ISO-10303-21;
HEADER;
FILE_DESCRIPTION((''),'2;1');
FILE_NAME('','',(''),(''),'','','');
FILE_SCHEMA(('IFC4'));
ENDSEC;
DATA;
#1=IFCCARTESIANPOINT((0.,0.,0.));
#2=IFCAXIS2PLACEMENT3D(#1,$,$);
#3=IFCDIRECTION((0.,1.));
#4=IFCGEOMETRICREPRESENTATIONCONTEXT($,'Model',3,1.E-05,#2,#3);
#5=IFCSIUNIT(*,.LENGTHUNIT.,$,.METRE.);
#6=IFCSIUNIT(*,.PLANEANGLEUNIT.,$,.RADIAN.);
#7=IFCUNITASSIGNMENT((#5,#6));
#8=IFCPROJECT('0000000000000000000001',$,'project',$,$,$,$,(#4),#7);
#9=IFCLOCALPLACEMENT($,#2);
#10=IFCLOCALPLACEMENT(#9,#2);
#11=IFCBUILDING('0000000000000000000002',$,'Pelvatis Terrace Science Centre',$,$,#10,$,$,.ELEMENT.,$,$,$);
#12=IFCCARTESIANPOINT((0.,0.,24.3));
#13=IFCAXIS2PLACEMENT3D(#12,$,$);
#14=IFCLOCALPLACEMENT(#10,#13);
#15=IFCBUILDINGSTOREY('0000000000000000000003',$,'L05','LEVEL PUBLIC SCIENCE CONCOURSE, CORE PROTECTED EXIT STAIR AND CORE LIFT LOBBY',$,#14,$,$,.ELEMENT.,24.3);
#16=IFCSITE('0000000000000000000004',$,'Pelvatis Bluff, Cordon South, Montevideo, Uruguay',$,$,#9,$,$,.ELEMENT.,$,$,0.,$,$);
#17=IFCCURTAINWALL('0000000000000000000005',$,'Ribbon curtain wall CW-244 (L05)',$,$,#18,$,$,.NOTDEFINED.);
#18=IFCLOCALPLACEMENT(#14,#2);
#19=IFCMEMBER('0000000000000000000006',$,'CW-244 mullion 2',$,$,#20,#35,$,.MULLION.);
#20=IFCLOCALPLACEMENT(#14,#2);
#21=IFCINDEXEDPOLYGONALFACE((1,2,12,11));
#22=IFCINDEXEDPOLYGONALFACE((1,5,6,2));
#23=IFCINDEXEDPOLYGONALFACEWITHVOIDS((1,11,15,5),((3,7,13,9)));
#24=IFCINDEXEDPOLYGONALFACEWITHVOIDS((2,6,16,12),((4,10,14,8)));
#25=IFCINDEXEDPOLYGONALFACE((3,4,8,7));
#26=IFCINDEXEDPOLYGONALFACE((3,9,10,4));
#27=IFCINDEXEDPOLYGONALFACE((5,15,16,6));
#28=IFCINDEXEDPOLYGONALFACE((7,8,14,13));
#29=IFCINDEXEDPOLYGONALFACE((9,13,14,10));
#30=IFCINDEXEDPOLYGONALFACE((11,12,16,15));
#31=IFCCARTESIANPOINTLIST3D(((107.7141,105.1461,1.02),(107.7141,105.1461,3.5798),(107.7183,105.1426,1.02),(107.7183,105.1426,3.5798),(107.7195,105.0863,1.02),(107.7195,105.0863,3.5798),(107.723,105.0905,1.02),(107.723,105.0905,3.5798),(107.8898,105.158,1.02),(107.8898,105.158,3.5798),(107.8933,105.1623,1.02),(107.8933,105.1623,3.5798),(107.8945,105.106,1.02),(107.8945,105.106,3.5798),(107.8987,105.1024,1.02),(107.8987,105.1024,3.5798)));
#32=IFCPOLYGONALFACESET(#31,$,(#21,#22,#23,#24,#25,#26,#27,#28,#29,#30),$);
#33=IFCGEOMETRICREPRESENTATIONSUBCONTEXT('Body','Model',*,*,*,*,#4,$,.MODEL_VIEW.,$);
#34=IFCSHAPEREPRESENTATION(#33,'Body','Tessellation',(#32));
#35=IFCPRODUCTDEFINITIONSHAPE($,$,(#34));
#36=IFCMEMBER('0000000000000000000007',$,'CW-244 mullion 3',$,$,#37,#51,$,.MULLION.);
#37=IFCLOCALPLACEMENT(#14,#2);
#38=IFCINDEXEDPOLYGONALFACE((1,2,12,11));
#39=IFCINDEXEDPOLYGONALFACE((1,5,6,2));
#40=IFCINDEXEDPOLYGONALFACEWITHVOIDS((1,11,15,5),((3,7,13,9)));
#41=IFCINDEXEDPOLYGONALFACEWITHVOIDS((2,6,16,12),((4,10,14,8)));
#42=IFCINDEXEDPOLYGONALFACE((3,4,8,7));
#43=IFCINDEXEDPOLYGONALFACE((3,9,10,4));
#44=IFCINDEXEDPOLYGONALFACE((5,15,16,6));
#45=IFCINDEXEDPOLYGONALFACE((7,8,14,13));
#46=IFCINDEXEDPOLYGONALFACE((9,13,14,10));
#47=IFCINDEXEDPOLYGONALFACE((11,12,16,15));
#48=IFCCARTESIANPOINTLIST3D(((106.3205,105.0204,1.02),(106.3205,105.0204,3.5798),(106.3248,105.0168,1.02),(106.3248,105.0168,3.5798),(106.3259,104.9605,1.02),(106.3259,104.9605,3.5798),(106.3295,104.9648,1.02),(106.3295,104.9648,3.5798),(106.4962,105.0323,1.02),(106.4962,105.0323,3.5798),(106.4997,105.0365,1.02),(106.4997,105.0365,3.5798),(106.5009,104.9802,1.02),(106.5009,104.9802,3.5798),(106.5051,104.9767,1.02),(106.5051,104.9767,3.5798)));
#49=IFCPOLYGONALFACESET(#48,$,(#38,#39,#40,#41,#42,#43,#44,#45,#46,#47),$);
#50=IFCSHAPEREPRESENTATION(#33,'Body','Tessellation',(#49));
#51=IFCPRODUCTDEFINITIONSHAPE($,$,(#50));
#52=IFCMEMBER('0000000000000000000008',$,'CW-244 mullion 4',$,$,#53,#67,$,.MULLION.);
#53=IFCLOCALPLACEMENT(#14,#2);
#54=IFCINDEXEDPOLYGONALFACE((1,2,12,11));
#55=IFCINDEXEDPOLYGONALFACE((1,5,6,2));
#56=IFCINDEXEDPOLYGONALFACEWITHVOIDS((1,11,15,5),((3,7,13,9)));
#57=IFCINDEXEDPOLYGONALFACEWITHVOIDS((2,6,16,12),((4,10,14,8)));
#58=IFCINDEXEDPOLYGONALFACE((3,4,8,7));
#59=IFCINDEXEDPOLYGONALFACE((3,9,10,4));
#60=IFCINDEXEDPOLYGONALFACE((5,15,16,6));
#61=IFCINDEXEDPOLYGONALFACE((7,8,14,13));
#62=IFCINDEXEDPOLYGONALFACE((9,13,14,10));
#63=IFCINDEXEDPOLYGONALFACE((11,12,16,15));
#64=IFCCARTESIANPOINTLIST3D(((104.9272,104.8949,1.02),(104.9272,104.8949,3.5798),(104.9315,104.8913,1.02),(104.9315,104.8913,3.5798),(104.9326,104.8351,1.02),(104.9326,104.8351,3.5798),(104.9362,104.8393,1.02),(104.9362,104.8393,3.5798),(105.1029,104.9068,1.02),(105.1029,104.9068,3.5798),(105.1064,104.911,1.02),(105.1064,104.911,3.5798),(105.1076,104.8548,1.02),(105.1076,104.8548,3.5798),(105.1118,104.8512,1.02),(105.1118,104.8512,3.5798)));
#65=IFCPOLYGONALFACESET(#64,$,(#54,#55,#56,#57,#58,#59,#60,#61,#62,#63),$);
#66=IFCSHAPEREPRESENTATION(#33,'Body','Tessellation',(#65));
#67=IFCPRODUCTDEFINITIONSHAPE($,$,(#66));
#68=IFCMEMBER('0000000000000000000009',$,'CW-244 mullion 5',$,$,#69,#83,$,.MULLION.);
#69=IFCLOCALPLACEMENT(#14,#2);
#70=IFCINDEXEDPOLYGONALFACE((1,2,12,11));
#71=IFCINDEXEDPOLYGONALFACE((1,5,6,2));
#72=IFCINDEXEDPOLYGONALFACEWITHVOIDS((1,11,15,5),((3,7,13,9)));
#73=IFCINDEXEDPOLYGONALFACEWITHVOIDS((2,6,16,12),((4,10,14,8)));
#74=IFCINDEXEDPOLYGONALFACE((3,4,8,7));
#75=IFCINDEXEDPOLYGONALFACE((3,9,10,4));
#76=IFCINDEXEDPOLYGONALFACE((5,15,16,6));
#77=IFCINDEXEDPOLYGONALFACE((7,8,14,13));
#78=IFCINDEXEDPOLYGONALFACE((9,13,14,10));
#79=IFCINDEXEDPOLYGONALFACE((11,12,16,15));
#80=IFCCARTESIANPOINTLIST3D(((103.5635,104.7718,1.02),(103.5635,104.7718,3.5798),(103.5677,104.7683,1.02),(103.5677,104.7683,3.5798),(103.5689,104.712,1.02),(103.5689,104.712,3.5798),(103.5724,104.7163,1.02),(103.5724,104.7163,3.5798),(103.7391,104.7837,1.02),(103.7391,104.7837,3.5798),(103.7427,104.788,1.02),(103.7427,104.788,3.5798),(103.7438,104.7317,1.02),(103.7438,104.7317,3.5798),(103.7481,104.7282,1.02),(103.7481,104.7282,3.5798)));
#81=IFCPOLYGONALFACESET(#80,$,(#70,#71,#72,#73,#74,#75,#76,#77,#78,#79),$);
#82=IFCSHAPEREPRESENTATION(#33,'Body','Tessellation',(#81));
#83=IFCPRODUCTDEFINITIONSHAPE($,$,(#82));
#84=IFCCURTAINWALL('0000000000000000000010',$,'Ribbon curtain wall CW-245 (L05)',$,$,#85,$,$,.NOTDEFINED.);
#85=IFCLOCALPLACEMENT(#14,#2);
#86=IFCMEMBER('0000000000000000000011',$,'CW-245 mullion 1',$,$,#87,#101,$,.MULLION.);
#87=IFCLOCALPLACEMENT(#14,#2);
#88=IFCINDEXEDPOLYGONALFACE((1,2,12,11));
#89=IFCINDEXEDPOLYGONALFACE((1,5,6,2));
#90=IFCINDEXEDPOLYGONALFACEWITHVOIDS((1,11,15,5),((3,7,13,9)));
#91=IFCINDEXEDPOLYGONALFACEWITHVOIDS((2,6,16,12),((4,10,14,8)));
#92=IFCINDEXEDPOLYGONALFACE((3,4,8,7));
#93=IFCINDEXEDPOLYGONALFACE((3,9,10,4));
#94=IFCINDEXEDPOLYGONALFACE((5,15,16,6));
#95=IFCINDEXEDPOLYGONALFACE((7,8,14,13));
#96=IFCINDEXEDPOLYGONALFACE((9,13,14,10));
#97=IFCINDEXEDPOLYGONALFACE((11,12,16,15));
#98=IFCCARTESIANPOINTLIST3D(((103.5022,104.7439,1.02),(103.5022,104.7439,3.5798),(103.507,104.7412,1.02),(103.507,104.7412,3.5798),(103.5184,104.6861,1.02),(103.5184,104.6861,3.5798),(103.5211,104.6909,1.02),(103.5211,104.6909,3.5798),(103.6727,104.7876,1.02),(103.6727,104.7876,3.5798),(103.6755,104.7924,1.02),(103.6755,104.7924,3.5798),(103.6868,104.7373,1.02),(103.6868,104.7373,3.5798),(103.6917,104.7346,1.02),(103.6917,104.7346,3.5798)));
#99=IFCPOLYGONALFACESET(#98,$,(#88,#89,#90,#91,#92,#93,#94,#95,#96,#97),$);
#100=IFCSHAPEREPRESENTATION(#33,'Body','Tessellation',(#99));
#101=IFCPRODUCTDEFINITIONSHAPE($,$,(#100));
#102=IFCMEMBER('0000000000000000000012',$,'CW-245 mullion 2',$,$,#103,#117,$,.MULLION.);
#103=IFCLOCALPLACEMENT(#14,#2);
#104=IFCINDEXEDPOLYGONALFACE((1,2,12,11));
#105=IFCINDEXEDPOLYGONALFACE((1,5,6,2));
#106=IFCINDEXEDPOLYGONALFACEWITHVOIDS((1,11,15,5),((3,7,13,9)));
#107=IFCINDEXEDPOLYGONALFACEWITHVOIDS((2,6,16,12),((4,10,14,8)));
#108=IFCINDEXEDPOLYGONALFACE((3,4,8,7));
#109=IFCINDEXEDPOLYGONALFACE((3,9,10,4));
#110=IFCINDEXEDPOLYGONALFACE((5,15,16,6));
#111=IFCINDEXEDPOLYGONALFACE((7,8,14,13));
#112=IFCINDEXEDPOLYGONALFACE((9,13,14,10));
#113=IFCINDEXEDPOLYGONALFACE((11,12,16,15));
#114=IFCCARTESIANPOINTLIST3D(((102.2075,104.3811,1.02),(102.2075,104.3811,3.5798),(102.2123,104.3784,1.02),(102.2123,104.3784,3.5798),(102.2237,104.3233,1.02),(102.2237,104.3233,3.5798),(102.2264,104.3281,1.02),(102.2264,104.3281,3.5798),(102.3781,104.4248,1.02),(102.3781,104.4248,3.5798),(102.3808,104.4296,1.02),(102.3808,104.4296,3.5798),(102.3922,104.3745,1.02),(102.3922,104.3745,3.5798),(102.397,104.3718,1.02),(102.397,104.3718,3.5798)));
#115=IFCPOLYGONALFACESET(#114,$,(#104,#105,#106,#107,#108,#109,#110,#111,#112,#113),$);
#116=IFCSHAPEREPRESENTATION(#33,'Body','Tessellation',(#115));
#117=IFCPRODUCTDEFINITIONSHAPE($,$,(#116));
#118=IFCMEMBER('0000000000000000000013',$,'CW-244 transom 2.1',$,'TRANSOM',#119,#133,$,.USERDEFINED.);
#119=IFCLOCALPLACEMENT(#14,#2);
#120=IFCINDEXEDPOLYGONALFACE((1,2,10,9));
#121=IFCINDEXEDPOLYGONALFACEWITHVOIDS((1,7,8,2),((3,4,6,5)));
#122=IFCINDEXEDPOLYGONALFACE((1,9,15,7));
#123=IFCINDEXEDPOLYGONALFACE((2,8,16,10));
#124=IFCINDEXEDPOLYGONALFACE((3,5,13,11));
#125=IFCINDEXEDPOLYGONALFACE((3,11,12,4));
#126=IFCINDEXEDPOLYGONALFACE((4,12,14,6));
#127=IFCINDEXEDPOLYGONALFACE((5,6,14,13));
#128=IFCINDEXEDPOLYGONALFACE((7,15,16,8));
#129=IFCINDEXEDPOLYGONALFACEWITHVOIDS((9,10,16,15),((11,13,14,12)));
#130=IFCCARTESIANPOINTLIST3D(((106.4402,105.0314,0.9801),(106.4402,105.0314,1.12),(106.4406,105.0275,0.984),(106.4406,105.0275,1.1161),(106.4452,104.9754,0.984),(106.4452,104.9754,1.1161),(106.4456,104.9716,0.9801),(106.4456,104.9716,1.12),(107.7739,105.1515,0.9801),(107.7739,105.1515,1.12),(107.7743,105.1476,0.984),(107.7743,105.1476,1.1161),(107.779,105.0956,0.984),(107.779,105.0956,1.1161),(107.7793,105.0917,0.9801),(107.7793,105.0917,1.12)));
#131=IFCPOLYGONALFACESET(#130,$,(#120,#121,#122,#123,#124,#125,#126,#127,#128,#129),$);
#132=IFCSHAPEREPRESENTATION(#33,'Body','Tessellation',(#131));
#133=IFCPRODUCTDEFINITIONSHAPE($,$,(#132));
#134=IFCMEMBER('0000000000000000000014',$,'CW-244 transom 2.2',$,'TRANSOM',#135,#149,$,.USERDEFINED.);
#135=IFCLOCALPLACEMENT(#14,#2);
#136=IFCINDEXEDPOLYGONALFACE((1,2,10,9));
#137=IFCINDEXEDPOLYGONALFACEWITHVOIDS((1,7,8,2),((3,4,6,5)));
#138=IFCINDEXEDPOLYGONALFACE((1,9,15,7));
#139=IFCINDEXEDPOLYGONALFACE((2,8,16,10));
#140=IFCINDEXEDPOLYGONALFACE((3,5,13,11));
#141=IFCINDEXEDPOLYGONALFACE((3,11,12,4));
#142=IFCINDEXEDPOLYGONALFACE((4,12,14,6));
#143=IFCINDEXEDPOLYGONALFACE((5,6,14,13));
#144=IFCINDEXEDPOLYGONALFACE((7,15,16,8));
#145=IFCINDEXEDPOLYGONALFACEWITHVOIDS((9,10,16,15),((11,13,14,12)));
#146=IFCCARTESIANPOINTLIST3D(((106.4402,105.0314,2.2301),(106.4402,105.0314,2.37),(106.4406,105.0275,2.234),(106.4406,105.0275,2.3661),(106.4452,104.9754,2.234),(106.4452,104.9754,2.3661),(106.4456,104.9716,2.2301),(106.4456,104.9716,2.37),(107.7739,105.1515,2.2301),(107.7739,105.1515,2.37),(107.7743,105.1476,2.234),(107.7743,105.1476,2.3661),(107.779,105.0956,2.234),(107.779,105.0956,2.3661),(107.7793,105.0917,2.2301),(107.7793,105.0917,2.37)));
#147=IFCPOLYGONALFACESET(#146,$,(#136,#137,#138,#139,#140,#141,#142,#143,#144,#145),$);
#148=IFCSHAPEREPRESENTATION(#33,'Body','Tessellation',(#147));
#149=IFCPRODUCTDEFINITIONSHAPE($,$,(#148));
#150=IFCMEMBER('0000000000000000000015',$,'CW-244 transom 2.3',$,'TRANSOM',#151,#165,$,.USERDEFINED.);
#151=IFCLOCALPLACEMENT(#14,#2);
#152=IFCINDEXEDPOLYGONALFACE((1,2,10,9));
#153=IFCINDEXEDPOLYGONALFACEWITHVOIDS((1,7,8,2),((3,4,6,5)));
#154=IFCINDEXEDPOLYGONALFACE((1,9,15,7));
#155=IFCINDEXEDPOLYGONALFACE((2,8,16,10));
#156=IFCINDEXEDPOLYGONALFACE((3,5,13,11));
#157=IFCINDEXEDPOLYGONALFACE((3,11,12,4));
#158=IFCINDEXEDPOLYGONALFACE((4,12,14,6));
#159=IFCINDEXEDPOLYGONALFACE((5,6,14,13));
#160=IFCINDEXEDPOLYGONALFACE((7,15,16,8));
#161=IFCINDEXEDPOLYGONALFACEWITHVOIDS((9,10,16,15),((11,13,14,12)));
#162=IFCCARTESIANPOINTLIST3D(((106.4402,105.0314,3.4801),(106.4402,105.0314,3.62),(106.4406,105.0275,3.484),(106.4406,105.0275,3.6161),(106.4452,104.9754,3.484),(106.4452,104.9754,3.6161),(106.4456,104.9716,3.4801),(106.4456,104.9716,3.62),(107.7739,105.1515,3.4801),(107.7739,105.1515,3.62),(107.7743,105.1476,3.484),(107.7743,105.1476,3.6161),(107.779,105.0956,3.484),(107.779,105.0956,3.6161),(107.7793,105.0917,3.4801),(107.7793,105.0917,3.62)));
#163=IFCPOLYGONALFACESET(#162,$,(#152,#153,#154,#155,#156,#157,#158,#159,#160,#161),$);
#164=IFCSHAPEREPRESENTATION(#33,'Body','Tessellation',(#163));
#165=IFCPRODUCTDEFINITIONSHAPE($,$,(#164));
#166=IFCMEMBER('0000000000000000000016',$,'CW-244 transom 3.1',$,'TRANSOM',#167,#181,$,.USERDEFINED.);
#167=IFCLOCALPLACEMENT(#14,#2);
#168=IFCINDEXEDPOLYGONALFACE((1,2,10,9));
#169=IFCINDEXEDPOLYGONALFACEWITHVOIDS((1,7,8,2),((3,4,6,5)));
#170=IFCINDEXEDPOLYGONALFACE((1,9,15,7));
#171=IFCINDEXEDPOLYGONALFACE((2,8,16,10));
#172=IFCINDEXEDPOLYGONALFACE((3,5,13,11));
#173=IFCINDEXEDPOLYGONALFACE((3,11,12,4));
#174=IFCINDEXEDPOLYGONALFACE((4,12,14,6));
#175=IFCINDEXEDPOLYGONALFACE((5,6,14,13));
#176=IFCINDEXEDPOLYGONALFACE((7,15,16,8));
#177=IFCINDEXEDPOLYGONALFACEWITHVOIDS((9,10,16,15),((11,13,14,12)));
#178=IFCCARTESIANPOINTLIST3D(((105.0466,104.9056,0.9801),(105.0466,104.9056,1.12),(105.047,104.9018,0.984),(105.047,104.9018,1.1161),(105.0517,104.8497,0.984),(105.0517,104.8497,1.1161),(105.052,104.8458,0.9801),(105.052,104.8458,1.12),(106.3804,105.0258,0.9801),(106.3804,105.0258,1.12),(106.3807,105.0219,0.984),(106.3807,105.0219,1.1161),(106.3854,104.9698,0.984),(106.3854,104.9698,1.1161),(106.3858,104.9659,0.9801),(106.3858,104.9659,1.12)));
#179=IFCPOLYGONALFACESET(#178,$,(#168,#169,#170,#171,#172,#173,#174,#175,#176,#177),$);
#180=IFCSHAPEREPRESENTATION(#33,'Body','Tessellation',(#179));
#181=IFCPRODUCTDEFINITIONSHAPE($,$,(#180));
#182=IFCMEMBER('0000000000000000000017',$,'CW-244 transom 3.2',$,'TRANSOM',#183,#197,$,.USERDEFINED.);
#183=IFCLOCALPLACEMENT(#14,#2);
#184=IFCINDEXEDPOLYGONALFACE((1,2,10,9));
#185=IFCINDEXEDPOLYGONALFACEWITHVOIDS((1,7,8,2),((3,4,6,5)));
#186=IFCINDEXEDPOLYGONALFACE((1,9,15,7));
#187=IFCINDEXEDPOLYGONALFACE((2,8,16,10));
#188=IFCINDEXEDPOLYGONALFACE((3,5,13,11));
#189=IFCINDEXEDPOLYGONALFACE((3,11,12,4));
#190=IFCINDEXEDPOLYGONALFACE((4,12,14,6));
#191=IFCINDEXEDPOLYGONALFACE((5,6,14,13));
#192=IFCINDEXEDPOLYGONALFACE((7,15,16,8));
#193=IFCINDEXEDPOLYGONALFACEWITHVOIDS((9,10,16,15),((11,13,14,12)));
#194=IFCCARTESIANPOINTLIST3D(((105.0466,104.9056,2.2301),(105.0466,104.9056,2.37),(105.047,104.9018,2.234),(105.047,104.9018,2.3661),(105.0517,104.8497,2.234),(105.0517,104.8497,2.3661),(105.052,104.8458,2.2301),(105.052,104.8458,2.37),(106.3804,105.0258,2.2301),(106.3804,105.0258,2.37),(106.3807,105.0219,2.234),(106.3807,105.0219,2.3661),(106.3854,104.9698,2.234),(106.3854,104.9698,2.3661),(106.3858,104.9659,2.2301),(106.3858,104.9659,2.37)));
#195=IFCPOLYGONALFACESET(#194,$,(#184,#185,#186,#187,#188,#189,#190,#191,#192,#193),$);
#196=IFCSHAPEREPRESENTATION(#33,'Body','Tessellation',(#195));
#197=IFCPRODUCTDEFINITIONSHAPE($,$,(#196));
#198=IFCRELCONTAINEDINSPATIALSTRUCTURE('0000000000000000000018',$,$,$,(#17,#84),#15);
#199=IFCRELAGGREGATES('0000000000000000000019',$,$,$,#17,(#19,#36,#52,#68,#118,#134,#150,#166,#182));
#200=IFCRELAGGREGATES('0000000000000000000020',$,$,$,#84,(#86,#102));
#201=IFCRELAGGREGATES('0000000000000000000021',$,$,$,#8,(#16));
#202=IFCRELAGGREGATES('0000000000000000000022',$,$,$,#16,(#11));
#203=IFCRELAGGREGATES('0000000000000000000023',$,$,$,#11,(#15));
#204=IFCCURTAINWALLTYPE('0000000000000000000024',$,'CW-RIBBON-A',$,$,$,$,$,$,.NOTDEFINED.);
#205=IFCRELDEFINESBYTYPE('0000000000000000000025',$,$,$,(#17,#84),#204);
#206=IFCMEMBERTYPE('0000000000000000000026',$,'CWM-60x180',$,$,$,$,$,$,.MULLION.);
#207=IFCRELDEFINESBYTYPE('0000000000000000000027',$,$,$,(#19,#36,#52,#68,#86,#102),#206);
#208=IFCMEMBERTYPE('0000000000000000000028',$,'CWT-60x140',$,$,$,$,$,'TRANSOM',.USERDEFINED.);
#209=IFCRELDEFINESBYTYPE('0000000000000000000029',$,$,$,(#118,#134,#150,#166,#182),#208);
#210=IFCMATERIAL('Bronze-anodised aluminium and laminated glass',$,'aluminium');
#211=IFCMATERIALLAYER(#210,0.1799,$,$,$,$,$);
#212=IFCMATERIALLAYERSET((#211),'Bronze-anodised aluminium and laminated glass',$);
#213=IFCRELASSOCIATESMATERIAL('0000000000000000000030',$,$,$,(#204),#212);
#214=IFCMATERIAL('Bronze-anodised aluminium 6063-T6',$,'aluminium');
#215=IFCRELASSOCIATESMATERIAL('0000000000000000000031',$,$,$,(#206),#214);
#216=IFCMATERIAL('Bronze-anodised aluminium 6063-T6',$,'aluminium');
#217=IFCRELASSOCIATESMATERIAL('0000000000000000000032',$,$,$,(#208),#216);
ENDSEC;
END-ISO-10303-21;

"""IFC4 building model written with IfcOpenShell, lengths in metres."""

from ifc_helpers import new_model, si_unit, direction, frame, origin, origin_2d, place, context, subcontext, project, spatial, hollow_rectangle, extrude, material, layer, layer_set, material_profile, profile_set, type_object, element, aggregate, save


model = new_model("IFC4")

# Units and contexts
model_context = context("Model", 3, precision=1e-05, world=origin(), true_north=direction((0.0, 1.0)))
body_context = subcontext(model_context, "Body", "Model", "MODEL_VIEW")
ifc_project = project(units=[si_unit("LENGTHUNIT", "METRE"), si_unit("PLANEANGLEUNIT", "RADIAN")], contexts=[model_context])

# Site, building, storey
site_placement = place(None, origin())
site = spatial("IfcSite", under=ifc_project, at=site_placement, Name="Pelvatis Bluff, Cordon South, Montevideo, Uruguay", CompositionType="ELEMENT", RefElevation=0.0)
building_placement = place(site_placement, origin())
building = spatial("IfcBuilding", under=site, at=building_placement, Name="Pelvatis Terrace Science Centre", CompositionType="ELEMENT")
storey_placement = place(building_placement, frame((0.0, 0.0, 24.3)))
storey = spatial("IfcBuildingStorey", under=building, at=storey_placement, Name="L05", Description="LEVEL PUBLIC SCIENCE CONCOURSE, CORE PROTECTED EXIT STAIR AND CORE LIFT LOBBY", CompositionType="ELEMENT", Elevation=24.3)

# Curtain walls, members
ifc_material_1 = material(Name="Bronze-anodised aluminium and laminated glass", Category="aluminium")
ifc_layer_1 = layer(ifc_material_1, 0.1799)
ifc_layer_set_1 = layer_set([ifc_layer_1], Name="Bronze-anodised aluminium and laminated glass")
curtain_wall_type = type_object("IfcCurtainWallType", Name="CW-RIBBON-A", PredefinedType="NOTDEFINED", material=ifc_layer_set_1)
curtain_wall_1_placement = place(storey_placement, origin())
curtain_wall_1 = element("IfcCurtainWall", 1, at=curtain_wall_1_placement, inside=storey, type_object=curtain_wall_type, Name="Ribbon curtain wall CW-244 (L05)", PredefinedType="NOTDEFINED")
ifc_material_2 = material(Name="Bronze-anodised aluminium 6063-T6", Category="aluminium")
ifc_material_profile_1 = material_profile(ifc_material_2, hollow_rectangle(XDim=0.0601, YDim=0.1799, WallThickness=0.0039, at=origin_2d()), Name="ALU-MUL 60x180")
ifc_profile_set_1 = profile_set([ifc_material_profile_1], Name="Bronze-anodised aluminium 6063-T6")
member_type_1 = type_object("IfcMemberType", Name="CWM-60x180", PredefinedType="MULLION", material=ifc_profile_set_1)
member_1_placement = place(storey_placement, frame((107.8064, 105.1243, 1.02), z_axis=(0.0, 0.0, 1.0), x_axis=(0.08982, -0.995958, 0.0)))
member_1 = element("IfcMember", 2, at=member_1_placement, type_object=member_type_1, Name="CW-244 mullion 2", PredefinedType="MULLION", context=body_context, shape_type="SweptSolid", body=[
    extrude(hollow_rectangle(XDim=0.0601, YDim=0.1799, WallThickness=0.0039, at=origin_2d()), origin(), (0.0, 0.0, 1.0), 2.5598),
])
member_2_placement = place(storey_placement, frame((106.4128, 104.9985, 1.02), z_axis=(0.0, 0.0, 1.0), x_axis=(0.08982, -0.995958, 0.0)))
member_2 = element("IfcMember", 3, at=member_2_placement, type_object=member_type_1, Name="CW-244 mullion 3", PredefinedType="MULLION", context=body_context, shape_type="SweptSolid", body=[
    extrude(hollow_rectangle(XDim=0.0601, YDim=0.1799, WallThickness=0.0039, at=origin_2d()), origin(), (0.0, 0.0, 1.0), 2.5598),
])
member_3_placement = place(storey_placement, frame((105.0195, 104.873, 1.02), z_axis=(0.0, 0.0, 1.0), x_axis=(0.08982, -0.995958, 0.0)))
member_3 = element("IfcMember", 4, at=member_3_placement, type_object=member_type_1, Name="CW-244 mullion 4", PredefinedType="MULLION", context=body_context, shape_type="SweptSolid", body=[
    extrude(hollow_rectangle(XDim=0.0601, YDim=0.1799, WallThickness=0.0039, at=origin_2d()), origin(), (0.0, 0.0, 1.0), 2.5598),
])
member_4_placement = place(storey_placement, frame((103.6558, 104.75, 1.02), z_axis=(0.0, 0.0, 1.0), x_axis=(0.08982, -0.995958, 0.0)))
member_4 = element("IfcMember", 5, at=member_4_placement, type_object=member_type_1, Name="CW-244 mullion 5", PredefinedType="MULLION", context=body_context, shape_type="SweptSolid", body=[
    extrude(hollow_rectangle(XDim=0.0601, YDim=0.1799, WallThickness=0.0039, at=origin_2d()), origin(), (0.0, 0.0, 1.0), 2.5598),
])
curtain_wall_2_placement = place(storey_placement, origin())
curtain_wall_2 = element("IfcCurtainWall", 6, at=curtain_wall_2_placement, inside=storey, type_object=curtain_wall_type, Name="Ribbon curtain wall CW-245 (L05)", PredefinedType="NOTDEFINED")
member_5_placement = place(storey_placement, frame((103.5969, 104.7393, 1.02), z_axis=(0.0, 0.0, 1.0), x_axis=(0.269695, -0.962946, 0.0)))
member_5 = element("IfcMember", 7, at=member_5_placement, type_object=member_type_1, Name="CW-245 mullion 1", PredefinedType="MULLION", context=body_context, shape_type="SweptSolid", body=[
    extrude(hollow_rectangle(XDim=0.0601, YDim=0.1799, WallThickness=0.0039, at=origin_2d()), origin(), (0.0, 0.0, 1.0), 2.5598),
])
member_6_placement = place(storey_placement, frame((102.3022, 104.3765, 1.02), z_axis=(0.0, 0.0, 1.0), x_axis=(0.269695, -0.962946, 0.0)))
member_6 = element("IfcMember", 8, at=member_6_placement, type_object=member_type_1, Name="CW-245 mullion 2", PredefinedType="MULLION", context=body_context, shape_type="SweptSolid", body=[
    extrude(hollow_rectangle(XDim=0.0601, YDim=0.1799, WallThickness=0.0039, at=origin_2d()), origin(), (0.0, 0.0, 1.0), 2.5598),
])

# Members
ifc_material_3 = material(Name="Bronze-anodised aluminium 6063-T6", Category="aluminium")
ifc_material_profile_2 = material_profile(ifc_material_3, hollow_rectangle(XDim=0.0601, YDim=0.1399, WallThickness=0.0039, at=origin_2d()), Name="ALU-TRN 60x140")
ifc_profile_set_2 = profile_set([ifc_material_profile_2], Name="Bronze-anodised aluminium 6063-T6")
member_type_2 = type_object("IfcMemberType", Name="CWT-60x140", ElementType="TRANSOM", PredefinedType="USERDEFINED", material=ifc_profile_set_2)
member_7_placement = place(storey_placement, frame((107.7766, 105.1216, 1.05), z_axis=(-0.995969, -0.089697, 0.0), x_axis=(0.089697, -0.995969, 0.0)))
member_7 = element("IfcMember", 9, at=member_7_placement, type_object=member_type_2, Name="CW-244 transom 2.1", ObjectType="TRANSOM", PredefinedType="USERDEFINED", context=body_context, shape_type="SweptSolid", body=[
    extrude(hollow_rectangle(XDim=0.0601, YDim=0.1399, WallThickness=0.0039, at=origin_2d()), origin(), (0.0, 0.0, 1.0), 1.3391),
])
member_8_placement = place(storey_placement, frame((107.7766, 105.1216, 2.3), z_axis=(-0.995969, -0.089697, 0.0), x_axis=(0.089697, -0.995969, 0.0)))
member_8 = element("IfcMember", 10, at=member_8_placement, type_object=member_type_2, Name="CW-244 transom 2.2", ObjectType="TRANSOM", PredefinedType="USERDEFINED", context=body_context, shape_type="SweptSolid", body=[
    extrude(hollow_rectangle(XDim=0.0601, YDim=0.1399, WallThickness=0.0039, at=origin_2d()), origin(), (0.0, 0.0, 1.0), 1.3391),
])
member_9_placement = place(storey_placement, frame((107.7766, 105.1216, 3.55), z_axis=(-0.995969, -0.089697, 0.0), x_axis=(0.089697, -0.995969, 0.0)))
member_9 = element("IfcMember", 11, at=member_9_placement, type_object=member_type_2, Name="CW-244 transom 2.3", ObjectType="TRANSOM", PredefinedType="USERDEFINED", context=body_context, shape_type="SweptSolid", body=[
    extrude(hollow_rectangle(XDim=0.0601, YDim=0.1399, WallThickness=0.0039, at=origin_2d()), origin(), (0.0, 0.0, 1.0), 1.3391),
])
member_10_placement = place(storey_placement, frame((106.3831, 104.9958, 1.05), z_axis=(-0.995969, -0.089697, 0.0), x_axis=(0.089697, -0.995969, 0.0)))
member_10 = element("IfcMember", 12, at=member_10_placement, type_object=member_type_2, Name="CW-244 transom 3.1", ObjectType="TRANSOM", PredefinedType="USERDEFINED", context=body_context, shape_type="SweptSolid", body=[
    extrude(hollow_rectangle(XDim=0.0601, YDim=0.1399, WallThickness=0.0039, at=origin_2d()), origin(), (0.0, 0.0, 1.0), 1.3391),
])
member_11_placement = place(storey_placement, frame((106.3831, 104.9958, 2.3), z_axis=(-0.995969, -0.089697, 0.0), x_axis=(0.089697, -0.995969, 0.0)))
member_11 = element("IfcMember", 13, at=member_11_placement, type_object=member_type_2, Name="CW-244 transom 3.2", ObjectType="TRANSOM", PredefinedType="USERDEFINED", context=body_context, shape_type="SweptSolid", body=[
    extrude(hollow_rectangle(XDim=0.0601, YDim=0.1399, WallThickness=0.0039, at=origin_2d()), origin(), (0.0, 0.0, 1.0), 1.3391),
])

aggregate(curtain_wall_1, [member_1, member_2, member_3, member_4, member_7, member_8, member_9, member_10, member_11])
aggregate(curtain_wall_2, [member_5, member_6])

save(model, "model.ifc")
